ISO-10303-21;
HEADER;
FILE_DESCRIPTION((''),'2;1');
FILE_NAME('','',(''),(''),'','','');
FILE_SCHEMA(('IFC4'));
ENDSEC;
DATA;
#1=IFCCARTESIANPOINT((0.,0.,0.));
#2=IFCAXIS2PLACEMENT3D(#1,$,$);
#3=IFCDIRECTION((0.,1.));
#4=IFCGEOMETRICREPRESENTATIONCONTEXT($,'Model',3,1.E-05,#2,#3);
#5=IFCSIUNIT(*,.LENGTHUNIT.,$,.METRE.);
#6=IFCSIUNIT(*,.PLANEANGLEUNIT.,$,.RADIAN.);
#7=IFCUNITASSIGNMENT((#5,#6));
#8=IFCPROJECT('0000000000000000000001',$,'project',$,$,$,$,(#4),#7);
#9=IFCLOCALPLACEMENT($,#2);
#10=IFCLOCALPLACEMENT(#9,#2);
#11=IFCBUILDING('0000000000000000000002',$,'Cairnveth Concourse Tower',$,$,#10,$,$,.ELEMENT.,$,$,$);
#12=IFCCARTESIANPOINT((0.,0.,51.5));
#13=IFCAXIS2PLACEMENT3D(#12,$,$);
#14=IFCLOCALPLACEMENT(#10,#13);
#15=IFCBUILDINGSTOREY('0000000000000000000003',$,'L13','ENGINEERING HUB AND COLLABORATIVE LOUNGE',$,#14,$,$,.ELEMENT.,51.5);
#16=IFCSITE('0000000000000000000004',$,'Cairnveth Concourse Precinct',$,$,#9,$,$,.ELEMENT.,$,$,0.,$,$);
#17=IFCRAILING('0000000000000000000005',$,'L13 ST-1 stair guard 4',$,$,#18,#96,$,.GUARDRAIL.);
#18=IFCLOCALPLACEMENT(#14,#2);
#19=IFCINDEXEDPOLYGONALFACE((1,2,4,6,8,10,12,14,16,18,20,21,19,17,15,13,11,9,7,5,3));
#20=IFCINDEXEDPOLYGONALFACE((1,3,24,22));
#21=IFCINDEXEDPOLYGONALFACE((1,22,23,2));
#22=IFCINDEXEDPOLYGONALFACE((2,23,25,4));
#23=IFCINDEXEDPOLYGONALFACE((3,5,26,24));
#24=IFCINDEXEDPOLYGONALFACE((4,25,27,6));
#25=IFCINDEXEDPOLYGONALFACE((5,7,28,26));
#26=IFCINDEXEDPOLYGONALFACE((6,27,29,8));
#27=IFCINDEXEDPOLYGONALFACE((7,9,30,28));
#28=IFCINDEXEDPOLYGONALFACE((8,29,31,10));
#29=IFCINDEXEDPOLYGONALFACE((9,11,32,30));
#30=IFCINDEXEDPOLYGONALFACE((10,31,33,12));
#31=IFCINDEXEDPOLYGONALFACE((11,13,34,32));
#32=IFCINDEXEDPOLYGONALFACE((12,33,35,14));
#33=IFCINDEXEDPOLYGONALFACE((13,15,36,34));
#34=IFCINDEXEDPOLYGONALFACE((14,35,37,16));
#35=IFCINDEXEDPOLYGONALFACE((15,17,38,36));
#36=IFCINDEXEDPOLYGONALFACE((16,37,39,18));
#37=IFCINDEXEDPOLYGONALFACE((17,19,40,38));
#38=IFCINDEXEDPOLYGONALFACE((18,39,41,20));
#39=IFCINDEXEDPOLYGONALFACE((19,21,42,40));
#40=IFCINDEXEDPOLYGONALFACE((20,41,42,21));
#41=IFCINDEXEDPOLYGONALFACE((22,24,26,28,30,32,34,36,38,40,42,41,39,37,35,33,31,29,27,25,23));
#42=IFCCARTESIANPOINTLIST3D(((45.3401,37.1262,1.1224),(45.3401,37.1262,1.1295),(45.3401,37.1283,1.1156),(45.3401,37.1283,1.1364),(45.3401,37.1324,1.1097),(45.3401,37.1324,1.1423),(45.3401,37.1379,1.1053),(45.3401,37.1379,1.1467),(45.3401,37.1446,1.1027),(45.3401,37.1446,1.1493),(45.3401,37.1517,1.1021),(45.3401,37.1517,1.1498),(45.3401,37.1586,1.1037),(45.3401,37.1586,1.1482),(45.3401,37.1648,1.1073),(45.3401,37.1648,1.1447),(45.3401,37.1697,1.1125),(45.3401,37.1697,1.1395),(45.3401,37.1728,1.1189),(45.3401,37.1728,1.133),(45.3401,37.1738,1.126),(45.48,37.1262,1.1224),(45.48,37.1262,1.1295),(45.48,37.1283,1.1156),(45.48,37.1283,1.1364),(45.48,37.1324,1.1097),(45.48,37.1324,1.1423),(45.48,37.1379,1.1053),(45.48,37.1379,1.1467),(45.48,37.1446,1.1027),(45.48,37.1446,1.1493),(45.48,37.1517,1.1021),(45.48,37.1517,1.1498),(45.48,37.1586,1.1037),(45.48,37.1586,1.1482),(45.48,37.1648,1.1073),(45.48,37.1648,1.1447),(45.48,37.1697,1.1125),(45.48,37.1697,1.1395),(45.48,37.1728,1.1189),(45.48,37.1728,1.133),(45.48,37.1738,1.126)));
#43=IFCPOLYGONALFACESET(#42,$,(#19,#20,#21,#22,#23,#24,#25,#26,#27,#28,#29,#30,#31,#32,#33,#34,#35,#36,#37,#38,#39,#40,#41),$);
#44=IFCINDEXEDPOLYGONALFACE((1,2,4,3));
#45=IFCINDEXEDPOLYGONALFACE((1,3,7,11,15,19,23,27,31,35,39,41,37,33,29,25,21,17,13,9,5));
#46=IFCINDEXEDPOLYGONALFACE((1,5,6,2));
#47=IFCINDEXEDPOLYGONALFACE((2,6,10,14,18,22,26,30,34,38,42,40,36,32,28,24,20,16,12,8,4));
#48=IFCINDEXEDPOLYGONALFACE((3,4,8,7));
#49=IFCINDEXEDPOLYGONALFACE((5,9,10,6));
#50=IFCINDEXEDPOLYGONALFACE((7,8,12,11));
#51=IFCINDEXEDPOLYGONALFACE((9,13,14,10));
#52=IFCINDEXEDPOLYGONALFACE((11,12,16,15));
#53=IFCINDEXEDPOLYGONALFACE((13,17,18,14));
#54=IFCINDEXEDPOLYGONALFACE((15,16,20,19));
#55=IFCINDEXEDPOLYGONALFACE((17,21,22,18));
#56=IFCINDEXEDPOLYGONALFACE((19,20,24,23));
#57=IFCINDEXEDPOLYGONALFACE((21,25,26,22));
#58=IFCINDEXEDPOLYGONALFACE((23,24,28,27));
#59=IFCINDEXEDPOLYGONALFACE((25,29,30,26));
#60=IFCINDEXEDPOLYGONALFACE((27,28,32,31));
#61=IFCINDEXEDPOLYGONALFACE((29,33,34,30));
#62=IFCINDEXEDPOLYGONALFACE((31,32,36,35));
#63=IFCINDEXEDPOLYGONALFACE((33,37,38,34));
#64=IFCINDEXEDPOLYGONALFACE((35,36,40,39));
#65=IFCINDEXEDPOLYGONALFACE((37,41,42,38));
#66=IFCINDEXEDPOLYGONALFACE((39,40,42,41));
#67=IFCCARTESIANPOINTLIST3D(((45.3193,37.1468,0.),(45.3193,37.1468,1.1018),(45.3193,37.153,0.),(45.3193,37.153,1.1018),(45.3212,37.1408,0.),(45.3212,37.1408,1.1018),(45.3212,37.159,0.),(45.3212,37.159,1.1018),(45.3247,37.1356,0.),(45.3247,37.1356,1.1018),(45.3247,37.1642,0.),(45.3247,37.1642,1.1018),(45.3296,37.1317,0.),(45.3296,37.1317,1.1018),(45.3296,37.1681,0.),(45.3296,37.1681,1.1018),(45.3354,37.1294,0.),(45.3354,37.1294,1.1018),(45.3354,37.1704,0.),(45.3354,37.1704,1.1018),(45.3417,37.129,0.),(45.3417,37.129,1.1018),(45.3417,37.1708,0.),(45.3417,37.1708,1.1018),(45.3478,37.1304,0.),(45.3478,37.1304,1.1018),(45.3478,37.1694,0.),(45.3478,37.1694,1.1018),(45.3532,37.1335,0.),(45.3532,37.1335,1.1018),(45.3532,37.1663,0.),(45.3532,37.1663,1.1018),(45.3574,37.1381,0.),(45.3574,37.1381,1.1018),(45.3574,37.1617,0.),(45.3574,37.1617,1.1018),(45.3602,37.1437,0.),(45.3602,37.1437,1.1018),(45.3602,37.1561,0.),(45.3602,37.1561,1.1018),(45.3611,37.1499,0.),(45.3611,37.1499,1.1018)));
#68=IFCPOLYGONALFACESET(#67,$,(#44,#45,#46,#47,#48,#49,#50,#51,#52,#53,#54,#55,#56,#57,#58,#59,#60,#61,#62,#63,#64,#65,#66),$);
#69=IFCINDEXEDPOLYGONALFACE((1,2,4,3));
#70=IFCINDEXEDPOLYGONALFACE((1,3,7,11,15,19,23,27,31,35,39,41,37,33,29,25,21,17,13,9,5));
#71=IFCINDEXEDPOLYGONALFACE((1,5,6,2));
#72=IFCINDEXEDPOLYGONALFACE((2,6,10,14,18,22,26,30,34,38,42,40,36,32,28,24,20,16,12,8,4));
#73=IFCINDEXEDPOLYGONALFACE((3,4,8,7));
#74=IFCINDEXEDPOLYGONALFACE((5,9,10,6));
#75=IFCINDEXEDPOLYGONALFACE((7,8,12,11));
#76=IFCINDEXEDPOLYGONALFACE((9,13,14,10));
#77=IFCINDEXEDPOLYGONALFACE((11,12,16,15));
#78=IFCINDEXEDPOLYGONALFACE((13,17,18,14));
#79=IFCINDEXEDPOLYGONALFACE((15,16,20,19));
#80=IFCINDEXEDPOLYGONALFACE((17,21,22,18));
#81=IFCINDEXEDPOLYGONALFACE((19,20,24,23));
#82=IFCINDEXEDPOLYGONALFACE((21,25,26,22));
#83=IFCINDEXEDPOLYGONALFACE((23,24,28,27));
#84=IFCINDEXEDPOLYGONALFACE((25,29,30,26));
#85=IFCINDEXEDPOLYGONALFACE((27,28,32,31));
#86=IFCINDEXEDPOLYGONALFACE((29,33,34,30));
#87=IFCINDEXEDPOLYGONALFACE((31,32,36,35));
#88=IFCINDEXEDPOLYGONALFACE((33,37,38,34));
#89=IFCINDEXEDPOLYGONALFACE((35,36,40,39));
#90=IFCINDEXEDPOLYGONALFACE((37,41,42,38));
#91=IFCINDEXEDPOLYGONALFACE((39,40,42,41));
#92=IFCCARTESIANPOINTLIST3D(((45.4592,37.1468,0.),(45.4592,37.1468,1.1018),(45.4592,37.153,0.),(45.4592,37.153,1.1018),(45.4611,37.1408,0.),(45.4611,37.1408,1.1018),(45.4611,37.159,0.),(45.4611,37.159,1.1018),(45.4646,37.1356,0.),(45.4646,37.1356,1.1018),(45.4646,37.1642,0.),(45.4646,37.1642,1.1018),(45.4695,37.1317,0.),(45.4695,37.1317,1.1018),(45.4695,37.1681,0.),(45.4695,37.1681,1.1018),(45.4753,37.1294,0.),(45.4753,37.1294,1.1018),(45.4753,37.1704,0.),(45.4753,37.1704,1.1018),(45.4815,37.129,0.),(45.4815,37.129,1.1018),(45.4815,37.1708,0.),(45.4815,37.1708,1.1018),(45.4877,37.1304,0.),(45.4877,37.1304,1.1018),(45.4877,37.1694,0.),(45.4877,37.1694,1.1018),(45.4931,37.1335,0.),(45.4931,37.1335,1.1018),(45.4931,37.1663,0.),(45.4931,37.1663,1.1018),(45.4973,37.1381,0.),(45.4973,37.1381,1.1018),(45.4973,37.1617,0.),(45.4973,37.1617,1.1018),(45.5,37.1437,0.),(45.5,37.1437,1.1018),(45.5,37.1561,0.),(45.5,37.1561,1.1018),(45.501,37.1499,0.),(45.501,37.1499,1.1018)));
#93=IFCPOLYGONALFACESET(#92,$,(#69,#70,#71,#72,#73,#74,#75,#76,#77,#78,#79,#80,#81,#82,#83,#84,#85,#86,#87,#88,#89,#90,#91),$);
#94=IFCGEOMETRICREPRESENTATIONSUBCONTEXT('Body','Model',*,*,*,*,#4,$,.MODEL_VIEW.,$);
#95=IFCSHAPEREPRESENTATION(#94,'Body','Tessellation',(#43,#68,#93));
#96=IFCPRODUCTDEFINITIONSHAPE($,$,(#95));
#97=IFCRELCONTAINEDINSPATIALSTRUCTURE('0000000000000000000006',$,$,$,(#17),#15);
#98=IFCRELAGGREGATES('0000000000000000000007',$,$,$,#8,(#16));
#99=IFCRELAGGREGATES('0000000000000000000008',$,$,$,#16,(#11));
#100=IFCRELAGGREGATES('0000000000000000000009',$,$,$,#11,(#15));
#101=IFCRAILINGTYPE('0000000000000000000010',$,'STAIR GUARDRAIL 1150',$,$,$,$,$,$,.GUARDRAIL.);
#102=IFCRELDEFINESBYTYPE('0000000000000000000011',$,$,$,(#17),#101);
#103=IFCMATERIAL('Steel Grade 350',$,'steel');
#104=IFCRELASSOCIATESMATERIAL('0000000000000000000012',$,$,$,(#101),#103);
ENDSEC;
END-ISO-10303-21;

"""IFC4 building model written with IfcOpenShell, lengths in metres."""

from ifc_helpers import new_model, si_unit, direction, frame, origin, origin_2d, place, context, subcontext, project, spatial, circle, extrude, material, type_object, element, save


model = new_model("IFC4")

# Units and contexts
model_context = context("Model", 3, precision=1e-05, world=origin(), true_north=direction((0.0, 1.0)))
body_context = subcontext(model_context, "Body", "Model", "MODEL_VIEW")
ifc_project = project(units=[si_unit("LENGTHUNIT", "METRE"), si_unit("PLANEANGLEUNIT", "RADIAN")], contexts=[model_context])

# Site, building, storey
site_placement = place(None, origin())
site = spatial("IfcSite", under=ifc_project, at=site_placement, Name="Cairnveth Concourse Precinct", CompositionType="ELEMENT", RefElevation=0.0)
building_placement = place(site_placement, origin())
building = spatial("IfcBuilding", under=site, at=building_placement, Name="Cairnveth Concourse Tower", CompositionType="ELEMENT")
storey_placement = place(building_placement, frame((0.0, 0.0, 51.5)))
storey = spatial("IfcBuildingStorey", under=building, at=storey_placement, Name="L13", Description="ENGINEERING HUB AND COLLABORATIVE LOUNGE", CompositionType="ELEMENT", Elevation=51.5)

# Shared definitions
ifc_material_1 = material(Name="Steel Grade 350", Category="steel")

# Railing
railing_type = type_object("IfcRailingType", Name="STAIR GUARDRAIL 1150", PredefinedType="GUARDRAIL", material=ifc_material_1)
railing_placement = place(storey_placement, frame((45.3401, 37.1499, 0.0)))
element("IfcRailing", 1, at=railing_placement, inside=storey, type_object=railing_type, Name="L13 ST-1 stair guard 4", PredefinedType="GUARDRAIL", context=body_context, shape_type="SweptSolid", body=[
    extrude(circle(Radius=0.0239, at=origin_2d()), frame((0.0, 0.0, 1.126), z_axis=(1.0, 0.0, 0.0), x_axis=(0.0, 1.0, 0.0)), (0.0, 0.0, 1.0), 0.1399),
    extrude(circle(Radius=0.021, at=origin_2d()), origin(), (0.0, 0.0, 1.0), 1.1018),
    extrude(circle(Radius=0.021, at=origin_2d()), frame((0.1399, 0.0, 0.0)), (0.0, 0.0, 1.0), 1.1018),
])

save(model, "model.ifc")
